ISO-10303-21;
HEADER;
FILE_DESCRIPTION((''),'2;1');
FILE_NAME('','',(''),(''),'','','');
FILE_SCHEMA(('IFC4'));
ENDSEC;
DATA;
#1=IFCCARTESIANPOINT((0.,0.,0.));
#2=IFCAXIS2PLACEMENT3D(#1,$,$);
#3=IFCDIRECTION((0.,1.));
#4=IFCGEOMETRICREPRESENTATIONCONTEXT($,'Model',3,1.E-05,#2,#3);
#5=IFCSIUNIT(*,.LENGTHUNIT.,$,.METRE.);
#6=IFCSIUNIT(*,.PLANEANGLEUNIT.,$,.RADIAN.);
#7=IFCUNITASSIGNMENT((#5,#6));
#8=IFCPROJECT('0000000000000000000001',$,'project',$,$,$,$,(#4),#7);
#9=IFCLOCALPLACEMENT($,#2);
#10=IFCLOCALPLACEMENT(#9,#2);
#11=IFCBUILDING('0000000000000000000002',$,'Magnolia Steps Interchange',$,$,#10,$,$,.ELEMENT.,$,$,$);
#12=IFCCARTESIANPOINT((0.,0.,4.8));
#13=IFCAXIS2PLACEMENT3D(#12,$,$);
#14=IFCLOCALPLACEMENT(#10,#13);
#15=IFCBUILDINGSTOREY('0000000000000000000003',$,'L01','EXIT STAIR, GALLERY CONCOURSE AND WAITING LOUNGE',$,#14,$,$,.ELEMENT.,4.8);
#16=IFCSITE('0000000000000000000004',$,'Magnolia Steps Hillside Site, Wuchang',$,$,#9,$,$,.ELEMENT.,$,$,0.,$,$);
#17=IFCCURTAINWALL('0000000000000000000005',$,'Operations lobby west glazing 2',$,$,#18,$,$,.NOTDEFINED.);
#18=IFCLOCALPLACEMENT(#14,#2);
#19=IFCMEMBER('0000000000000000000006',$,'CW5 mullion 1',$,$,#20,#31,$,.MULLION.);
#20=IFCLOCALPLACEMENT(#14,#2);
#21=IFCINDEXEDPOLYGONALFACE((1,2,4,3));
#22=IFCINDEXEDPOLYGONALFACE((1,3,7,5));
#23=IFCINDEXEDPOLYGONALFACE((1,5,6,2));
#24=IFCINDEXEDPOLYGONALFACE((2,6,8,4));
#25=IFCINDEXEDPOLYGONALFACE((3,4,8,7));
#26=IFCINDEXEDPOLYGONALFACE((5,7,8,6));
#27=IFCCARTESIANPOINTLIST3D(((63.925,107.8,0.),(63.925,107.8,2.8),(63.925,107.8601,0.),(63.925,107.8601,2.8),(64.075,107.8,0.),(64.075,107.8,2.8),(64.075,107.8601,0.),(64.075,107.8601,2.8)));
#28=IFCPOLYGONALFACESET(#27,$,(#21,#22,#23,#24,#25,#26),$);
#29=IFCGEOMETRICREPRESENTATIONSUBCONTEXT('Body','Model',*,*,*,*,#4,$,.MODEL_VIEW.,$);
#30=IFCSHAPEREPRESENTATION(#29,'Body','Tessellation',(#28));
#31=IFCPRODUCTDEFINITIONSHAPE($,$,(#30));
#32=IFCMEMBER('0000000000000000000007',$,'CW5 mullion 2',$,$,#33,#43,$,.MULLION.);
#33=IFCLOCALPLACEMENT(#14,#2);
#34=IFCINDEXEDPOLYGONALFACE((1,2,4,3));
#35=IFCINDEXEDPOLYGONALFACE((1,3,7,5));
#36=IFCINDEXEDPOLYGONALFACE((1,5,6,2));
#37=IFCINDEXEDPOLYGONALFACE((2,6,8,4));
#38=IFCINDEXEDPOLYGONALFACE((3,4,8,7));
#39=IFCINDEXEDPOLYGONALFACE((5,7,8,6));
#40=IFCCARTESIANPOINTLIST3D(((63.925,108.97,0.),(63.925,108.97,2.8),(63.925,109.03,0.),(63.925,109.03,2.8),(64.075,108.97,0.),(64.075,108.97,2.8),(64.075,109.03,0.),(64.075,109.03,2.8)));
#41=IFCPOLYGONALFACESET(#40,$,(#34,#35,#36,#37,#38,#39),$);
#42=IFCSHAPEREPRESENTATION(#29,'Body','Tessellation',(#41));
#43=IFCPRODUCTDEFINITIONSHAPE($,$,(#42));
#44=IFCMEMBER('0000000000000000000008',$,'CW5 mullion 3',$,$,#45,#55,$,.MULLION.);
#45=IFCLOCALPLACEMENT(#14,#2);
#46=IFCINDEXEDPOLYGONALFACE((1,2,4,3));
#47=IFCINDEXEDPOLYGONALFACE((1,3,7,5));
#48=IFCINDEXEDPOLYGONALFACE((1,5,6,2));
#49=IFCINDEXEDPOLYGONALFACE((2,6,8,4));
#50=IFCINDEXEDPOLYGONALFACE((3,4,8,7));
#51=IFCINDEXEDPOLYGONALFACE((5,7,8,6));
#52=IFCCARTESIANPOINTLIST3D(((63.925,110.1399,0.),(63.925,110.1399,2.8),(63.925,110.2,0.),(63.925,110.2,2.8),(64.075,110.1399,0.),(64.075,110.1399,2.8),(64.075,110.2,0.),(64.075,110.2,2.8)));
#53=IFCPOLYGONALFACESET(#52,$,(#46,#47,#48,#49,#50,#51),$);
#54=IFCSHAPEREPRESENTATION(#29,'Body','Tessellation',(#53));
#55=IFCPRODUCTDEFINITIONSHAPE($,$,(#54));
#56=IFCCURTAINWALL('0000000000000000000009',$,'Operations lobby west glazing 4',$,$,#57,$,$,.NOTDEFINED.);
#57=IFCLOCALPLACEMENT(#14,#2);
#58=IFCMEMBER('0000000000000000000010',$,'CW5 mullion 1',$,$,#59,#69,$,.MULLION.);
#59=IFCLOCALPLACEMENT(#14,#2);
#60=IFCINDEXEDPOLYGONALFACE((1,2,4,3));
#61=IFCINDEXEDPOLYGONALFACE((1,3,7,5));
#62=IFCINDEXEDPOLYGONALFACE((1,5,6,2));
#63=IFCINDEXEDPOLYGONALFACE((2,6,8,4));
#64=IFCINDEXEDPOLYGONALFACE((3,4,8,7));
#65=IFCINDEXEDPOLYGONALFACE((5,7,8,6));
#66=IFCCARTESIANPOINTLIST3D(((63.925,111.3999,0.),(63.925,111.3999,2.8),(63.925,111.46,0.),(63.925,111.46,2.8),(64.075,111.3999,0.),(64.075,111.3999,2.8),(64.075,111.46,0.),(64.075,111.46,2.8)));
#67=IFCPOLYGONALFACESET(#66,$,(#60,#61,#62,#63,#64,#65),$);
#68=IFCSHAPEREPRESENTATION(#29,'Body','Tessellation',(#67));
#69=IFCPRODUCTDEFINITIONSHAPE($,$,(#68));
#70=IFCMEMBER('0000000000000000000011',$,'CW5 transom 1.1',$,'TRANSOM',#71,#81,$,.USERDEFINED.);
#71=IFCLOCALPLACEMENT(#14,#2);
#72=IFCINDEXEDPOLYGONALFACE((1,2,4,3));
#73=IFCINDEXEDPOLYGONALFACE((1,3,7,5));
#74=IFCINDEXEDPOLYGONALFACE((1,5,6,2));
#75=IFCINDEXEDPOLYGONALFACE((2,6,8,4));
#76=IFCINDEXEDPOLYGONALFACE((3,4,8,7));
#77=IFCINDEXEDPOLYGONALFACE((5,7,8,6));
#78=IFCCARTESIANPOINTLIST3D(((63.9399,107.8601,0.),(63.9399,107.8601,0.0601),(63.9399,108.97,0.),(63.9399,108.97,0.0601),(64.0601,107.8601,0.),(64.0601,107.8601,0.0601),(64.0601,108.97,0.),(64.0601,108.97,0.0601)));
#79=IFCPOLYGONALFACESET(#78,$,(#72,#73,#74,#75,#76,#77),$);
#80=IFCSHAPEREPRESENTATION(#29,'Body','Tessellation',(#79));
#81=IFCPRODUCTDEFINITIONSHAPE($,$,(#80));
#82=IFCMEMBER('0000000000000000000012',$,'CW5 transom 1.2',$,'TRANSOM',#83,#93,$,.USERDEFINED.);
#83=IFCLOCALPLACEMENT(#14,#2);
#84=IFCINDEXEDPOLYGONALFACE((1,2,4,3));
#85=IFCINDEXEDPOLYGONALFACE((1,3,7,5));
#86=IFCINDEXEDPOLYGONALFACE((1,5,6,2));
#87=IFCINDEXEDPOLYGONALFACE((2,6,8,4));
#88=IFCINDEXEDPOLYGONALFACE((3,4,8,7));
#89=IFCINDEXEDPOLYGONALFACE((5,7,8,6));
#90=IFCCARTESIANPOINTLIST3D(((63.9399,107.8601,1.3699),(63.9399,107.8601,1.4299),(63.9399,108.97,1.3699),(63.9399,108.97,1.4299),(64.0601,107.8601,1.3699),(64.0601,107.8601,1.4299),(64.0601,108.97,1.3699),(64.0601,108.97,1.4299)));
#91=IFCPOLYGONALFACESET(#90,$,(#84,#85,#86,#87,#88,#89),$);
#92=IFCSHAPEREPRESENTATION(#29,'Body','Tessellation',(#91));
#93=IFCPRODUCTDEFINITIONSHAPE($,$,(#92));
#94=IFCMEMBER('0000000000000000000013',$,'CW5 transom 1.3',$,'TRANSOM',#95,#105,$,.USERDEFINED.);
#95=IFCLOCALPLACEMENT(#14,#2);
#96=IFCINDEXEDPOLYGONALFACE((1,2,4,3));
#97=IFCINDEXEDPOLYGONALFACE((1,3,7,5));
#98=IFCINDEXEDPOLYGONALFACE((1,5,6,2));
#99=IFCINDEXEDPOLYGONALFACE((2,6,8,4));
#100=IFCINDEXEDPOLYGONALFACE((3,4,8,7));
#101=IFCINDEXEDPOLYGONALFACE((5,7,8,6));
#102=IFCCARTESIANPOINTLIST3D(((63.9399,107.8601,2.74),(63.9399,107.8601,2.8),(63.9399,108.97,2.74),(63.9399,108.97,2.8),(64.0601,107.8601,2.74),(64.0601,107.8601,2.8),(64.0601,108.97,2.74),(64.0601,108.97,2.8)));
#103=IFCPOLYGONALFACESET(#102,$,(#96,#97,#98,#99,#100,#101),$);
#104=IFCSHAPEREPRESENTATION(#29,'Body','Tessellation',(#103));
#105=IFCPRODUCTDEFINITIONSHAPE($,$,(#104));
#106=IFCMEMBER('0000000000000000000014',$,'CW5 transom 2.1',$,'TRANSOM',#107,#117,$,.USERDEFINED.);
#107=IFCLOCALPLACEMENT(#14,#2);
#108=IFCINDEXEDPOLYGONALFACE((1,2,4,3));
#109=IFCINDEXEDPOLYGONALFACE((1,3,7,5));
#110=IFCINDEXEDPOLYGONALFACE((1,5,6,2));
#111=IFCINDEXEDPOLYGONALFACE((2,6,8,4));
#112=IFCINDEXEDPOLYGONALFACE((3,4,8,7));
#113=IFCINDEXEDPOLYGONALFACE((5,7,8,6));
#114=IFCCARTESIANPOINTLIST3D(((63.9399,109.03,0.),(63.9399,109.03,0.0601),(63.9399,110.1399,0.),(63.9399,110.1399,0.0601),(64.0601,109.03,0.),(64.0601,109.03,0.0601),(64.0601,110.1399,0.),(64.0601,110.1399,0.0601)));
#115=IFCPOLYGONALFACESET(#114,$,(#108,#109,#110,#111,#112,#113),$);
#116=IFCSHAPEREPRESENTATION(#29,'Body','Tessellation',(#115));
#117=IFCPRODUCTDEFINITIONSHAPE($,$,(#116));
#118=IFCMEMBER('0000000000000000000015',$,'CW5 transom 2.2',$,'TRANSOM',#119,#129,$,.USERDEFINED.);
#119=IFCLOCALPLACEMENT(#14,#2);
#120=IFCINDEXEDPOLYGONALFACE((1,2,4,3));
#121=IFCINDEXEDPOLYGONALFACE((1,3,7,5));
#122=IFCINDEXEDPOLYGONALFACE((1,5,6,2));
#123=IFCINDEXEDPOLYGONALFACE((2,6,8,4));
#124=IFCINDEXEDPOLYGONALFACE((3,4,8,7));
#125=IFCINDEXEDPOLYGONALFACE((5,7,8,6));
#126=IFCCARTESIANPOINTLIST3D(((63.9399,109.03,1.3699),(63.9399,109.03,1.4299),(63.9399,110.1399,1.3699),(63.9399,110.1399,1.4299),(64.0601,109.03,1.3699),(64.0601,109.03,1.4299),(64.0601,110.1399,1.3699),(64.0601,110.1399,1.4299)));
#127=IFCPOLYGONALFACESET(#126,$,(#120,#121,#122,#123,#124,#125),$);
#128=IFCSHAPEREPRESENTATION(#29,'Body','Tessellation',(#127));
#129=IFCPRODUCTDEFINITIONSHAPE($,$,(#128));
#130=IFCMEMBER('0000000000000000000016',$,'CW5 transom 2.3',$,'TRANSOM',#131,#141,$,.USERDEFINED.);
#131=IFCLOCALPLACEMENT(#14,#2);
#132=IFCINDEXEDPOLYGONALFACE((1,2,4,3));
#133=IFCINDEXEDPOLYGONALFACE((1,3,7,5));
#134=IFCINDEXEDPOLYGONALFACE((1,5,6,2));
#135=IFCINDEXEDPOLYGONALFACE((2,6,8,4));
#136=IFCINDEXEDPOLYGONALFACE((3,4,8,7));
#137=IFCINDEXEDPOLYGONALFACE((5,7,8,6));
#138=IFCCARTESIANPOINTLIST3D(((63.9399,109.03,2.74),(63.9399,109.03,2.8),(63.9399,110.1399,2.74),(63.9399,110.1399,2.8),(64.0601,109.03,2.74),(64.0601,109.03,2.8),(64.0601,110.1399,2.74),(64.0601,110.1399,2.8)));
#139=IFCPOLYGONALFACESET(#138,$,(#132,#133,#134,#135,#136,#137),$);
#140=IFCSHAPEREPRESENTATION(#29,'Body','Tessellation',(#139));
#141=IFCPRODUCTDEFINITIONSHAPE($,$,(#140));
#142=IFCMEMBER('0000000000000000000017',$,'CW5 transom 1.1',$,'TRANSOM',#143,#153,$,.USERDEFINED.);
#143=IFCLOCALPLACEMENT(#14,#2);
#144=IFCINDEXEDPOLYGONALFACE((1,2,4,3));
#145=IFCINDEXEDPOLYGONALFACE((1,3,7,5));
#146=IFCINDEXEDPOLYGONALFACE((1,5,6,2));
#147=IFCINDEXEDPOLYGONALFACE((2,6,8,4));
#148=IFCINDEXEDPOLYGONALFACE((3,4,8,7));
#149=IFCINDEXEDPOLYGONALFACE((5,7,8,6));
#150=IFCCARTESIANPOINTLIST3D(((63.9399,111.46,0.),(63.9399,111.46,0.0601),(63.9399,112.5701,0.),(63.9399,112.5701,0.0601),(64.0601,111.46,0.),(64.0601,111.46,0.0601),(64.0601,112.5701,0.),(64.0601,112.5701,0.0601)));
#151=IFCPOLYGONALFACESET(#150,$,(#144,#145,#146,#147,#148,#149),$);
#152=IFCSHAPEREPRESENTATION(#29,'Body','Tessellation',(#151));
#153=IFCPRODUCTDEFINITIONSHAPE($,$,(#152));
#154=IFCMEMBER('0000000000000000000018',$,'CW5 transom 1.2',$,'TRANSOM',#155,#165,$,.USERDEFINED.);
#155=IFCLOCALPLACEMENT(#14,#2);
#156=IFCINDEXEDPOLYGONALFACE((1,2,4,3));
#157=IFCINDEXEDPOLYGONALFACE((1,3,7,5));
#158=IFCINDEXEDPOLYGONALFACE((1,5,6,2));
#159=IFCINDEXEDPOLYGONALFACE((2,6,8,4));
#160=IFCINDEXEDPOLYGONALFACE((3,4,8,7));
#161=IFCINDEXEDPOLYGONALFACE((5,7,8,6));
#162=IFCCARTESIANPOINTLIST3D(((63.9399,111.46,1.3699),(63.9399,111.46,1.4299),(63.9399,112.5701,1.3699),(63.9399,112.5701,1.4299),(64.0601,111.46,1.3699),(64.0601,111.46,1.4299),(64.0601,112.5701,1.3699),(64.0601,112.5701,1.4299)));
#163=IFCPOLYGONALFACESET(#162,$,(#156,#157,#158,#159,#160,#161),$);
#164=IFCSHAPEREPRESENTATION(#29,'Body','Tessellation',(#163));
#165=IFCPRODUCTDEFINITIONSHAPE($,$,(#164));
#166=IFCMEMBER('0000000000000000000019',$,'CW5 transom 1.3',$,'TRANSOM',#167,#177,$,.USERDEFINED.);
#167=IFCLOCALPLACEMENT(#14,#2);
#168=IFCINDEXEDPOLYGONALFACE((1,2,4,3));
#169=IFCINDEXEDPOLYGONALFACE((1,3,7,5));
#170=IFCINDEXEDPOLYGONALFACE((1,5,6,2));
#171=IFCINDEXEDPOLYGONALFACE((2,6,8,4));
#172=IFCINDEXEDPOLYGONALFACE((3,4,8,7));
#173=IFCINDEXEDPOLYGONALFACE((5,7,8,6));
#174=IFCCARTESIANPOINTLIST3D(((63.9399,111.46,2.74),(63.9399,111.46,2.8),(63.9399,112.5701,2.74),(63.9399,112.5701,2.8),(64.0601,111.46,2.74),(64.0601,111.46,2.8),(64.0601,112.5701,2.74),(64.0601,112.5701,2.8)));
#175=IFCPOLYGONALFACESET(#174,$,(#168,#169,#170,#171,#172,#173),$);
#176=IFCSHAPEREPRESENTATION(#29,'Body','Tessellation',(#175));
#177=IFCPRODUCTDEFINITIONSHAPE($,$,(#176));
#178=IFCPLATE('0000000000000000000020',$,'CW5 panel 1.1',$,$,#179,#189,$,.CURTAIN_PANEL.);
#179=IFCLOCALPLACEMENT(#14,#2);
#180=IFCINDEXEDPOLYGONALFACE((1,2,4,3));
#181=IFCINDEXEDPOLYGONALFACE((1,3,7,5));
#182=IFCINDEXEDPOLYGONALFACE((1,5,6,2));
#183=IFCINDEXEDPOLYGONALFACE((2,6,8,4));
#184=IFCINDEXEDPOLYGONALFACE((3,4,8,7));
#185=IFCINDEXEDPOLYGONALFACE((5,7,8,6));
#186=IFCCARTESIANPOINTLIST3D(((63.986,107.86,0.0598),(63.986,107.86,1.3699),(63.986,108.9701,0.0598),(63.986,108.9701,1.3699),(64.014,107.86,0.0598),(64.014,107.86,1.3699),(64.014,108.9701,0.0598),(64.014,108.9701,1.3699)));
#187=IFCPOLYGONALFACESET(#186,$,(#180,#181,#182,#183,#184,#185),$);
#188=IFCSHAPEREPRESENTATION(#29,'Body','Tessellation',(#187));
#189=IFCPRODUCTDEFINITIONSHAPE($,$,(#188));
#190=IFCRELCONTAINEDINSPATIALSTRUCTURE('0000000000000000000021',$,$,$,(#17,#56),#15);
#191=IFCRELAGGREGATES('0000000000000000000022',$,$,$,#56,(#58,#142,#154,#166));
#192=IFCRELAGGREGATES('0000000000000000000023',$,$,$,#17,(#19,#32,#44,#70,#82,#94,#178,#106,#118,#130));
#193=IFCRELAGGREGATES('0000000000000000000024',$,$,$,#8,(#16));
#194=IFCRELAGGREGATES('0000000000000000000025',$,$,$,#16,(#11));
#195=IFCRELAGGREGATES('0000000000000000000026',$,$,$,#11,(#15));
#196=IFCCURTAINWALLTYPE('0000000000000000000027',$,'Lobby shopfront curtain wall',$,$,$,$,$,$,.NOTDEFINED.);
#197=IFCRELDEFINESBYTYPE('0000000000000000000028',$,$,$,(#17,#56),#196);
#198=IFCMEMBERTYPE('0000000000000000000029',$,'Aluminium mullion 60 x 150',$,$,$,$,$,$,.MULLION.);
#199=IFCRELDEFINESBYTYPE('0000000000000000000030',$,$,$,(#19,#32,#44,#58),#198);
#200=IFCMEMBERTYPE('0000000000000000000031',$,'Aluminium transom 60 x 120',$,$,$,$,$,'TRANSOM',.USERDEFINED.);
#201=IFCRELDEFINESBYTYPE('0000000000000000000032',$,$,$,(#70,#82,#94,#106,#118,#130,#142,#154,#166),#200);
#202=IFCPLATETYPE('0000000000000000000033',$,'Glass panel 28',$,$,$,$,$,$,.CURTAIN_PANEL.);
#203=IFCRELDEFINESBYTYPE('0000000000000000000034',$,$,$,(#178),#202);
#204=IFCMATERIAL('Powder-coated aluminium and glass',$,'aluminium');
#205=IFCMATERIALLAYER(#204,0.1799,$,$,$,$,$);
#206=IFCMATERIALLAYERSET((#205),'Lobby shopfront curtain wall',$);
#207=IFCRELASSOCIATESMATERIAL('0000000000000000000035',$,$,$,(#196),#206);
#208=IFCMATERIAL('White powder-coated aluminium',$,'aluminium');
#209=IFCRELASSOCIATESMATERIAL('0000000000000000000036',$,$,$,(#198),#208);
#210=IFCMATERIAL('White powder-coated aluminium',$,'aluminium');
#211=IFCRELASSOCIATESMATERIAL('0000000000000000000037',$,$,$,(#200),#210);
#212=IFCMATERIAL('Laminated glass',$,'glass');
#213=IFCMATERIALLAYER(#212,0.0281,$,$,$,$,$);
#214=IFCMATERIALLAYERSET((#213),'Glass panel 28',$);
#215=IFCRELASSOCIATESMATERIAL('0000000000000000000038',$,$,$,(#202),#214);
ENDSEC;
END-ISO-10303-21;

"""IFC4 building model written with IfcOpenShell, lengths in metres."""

from ifc_helpers import new_model, si_unit, direction, frame, origin, origin_2d, place, context, subcontext, project, spatial, rectangle, extrude, material, layer, layer_set, material_profile, profile_set, type_object, element, aggregate, save


model = new_model("IFC4")

# Units and contexts
model_context = context("Model", 3, precision=1e-05, world=origin(), true_north=direction((0.0, 1.0)))
body_context = subcontext(model_context, "Body", "Model", "MODEL_VIEW")
ifc_project = project(units=[si_unit("LENGTHUNIT", "METRE"), si_unit("PLANEANGLEUNIT", "RADIAN")], contexts=[model_context])

# Site, building, storey
site_placement = place(None, origin())
site = spatial("IfcSite", under=ifc_project, at=site_placement, Name="Magnolia Steps Hillside Site, Wuchang", CompositionType="ELEMENT", RefElevation=0.0)
building_placement = place(site_placement, origin())
building = spatial("IfcBuilding", under=site, at=building_placement, Name="Magnolia Steps Interchange", CompositionType="ELEMENT")
storey_placement = place(building_placement, frame((0.0, 0.0, 4.8)))
storey = spatial("IfcBuildingStorey", under=building, at=storey_placement, Name="L01", Description="EXIT STAIR, GALLERY CONCOURSE AND WAITING LOUNGE", CompositionType="ELEMENT", Elevation=4.8)

# Curtain wall, members
ifc_material_1 = material(Name="Powder-coated aluminium and glass", Category="aluminium")
ifc_layer_1 = layer(ifc_material_1, 0.1799)
ifc_layer_set_1 = layer_set([ifc_layer_1], Name="Lobby shopfront curtain wall")
curtain_wall_type = type_object("IfcCurtainWallType", Name="Lobby shopfront curtain wall", PredefinedType="NOTDEFINED", material=ifc_layer_set_1)
curtain_wall_1_placement = place(storey_placement, origin())
curtain_wall_1 = element("IfcCurtainWall", 1, at=curtain_wall_1_placement, inside=storey, type_object=curtain_wall_type, Name="Operations lobby west glazing 2", PredefinedType="NOTDEFINED")
ifc_material_2 = material(Name="White powder-coated aluminium", Category="aluminium")
ifc_material_profile_1 = material_profile(ifc_material_2, rectangle(XDim=0.0601, YDim=0.1499, at=origin_2d()), Name="Aluminium mullion 60 x 150")
ifc_profile_set_1 = profile_set([ifc_material_profile_1], Name="White powder-coated aluminium")
member_type_1 = type_object("IfcMemberType", Name="Aluminium mullion 60 x 150", PredefinedType="MULLION", material=ifc_profile_set_1)
member_1_placement = place(storey_placement, frame((64.0, 107.8301, 0.0), z_axis=(0.0, 0.0, 1.0), x_axis=(0.0, 1.0, 0.0)))
member_1 = element("IfcMember", 2, at=member_1_placement, type_object=member_type_1, Name="CW5 mullion 1", PredefinedType="MULLION", context=body_context, shape_type="SweptSolid", body=[
    extrude(rectangle(XDim=0.0601, YDim=0.1499, at=origin_2d()), origin(), (0.0, 0.0, 1.0), 2.8),
])
member_2_placement = place(storey_placement, frame((64.0, 109.0, 0.0), z_axis=(0.0, 0.0, 1.0), x_axis=(0.0, 1.0, 0.0)))
member_2 = element("IfcMember", 3, at=member_2_placement, type_object=member_type_1, Name="CW5 mullion 2", PredefinedType="MULLION", context=body_context, shape_type="SweptSolid", body=[
    extrude(rectangle(XDim=0.0601, YDim=0.1499, at=origin_2d()), origin(), (0.0, 0.0, 1.0), 2.8),
])
member_3_placement = place(storey_placement, frame((64.0, 110.1699, 0.0), z_axis=(0.0, 0.0, 1.0), x_axis=(0.0, 1.0, 0.0)))
member_3 = element("IfcMember", 4, at=member_3_placement, type_object=member_type_1, Name="CW5 mullion 3", PredefinedType="MULLION", context=body_context, shape_type="SweptSolid", body=[
    extrude(rectangle(XDim=0.0601, YDim=0.1499, at=origin_2d()), origin(), (0.0, 0.0, 1.0), 2.8),
])

# Curtain wall, member
curtain_wall_2_placement = place(storey_placement, origin())
curtain_wall_2 = element("IfcCurtainWall", 5, at=curtain_wall_2_placement, inside=storey, type_object=curtain_wall_type, Name="Operations lobby west glazing 4", PredefinedType="NOTDEFINED")
member_4_placement = place(storey_placement, frame((64.0, 111.4299, 0.0), z_axis=(0.0, 0.0, 1.0), x_axis=(0.0, 1.0, 0.0)))
member_4 = element("IfcMember", 6, at=member_4_placement, type_object=member_type_1, Name="CW5 mullion 1", PredefinedType="MULLION", context=body_context, shape_type="SweptSolid", body=[
    extrude(rectangle(XDim=0.0601, YDim=0.1499, at=origin_2d()), origin(), (0.0, 0.0, 1.0), 2.8),
])

# Members
ifc_material_3 = material(Name="White powder-coated aluminium", Category="aluminium")
ifc_material_profile_2 = material_profile(ifc_material_3, rectangle(XDim=0.0601, YDim=0.1201, at=origin_2d()), Name="Aluminium transom 60 x 120")
ifc_profile_set_2 = profile_set([ifc_material_profile_2], Name="White powder-coated aluminium")
member_type_2 = type_object("IfcMemberType", Name="Aluminium transom 60 x 120", ElementType="TRANSOM", PredefinedType="USERDEFINED", material=ifc_profile_set_2)
member_5_placement = place(storey_placement, frame((64.0, 107.8601, 0.03), z_axis=(0.0, 1.0, 0.0), x_axis=(0.0, 0.0, 1.0)))
member_5 = element("IfcMember", 7, at=member_5_placement, type_object=member_type_2, Name="CW5 transom 1.1", ObjectType="TRANSOM", PredefinedType="USERDEFINED", context=body_context, shape_type="SweptSolid", body=[
    extrude(rectangle(XDim=0.0601, YDim=0.1201, at=origin_2d()), origin(), (0.0, 0.0, 1.0), 1.1099),
])
member_6_placement = place(storey_placement, frame((64.0, 107.8601, 1.3999), z_axis=(0.0, 1.0, 0.0), x_axis=(0.0, 0.0, 1.0)))
member_6 = element("IfcMember", 8, at=member_6_placement, type_object=member_type_2, Name="CW5 transom 1.2", ObjectType="TRANSOM", PredefinedType="USERDEFINED", context=body_context, shape_type="SweptSolid", body=[
    extrude(rectangle(XDim=0.0601, YDim=0.1201, at=origin_2d()), origin(), (0.0, 0.0, 1.0), 1.1099),
])
member_7_placement = place(storey_placement, frame((64.0, 107.8601, 2.77), z_axis=(0.0, 1.0, 0.0), x_axis=(0.0, 0.0, 1.0)))
member_7 = element("IfcMember", 9, at=member_7_placement, type_object=member_type_2, Name="CW5 transom 1.3", ObjectType="TRANSOM", PredefinedType="USERDEFINED", context=body_context, shape_type="SweptSolid", body=[
    extrude(rectangle(XDim=0.0601, YDim=0.1201, at=origin_2d()), origin(), (0.0, 0.0, 1.0), 1.1099),
])
member_8_placement = place(storey_placement, frame((64.0, 109.03, 0.03), z_axis=(0.0, 1.0, 0.0), x_axis=(0.0, 0.0, 1.0)))
member_8 = element("IfcMember", 10, at=member_8_placement, type_object=member_type_2, Name="CW5 transom 2.1", ObjectType="TRANSOM", PredefinedType="USERDEFINED", context=body_context, shape_type="SweptSolid", body=[
    extrude(rectangle(XDim=0.0601, YDim=0.1201, at=origin_2d()), origin(), (0.0, 0.0, 1.0), 1.1099),
])
member_9_placement = place(storey_placement, frame((64.0, 109.03, 1.3999), z_axis=(0.0, 1.0, 0.0), x_axis=(0.0, 0.0, 1.0)))
member_9 = element("IfcMember", 11, at=member_9_placement, type_object=member_type_2, Name="CW5 transom 2.2", ObjectType="TRANSOM", PredefinedType="USERDEFINED", context=body_context, shape_type="SweptSolid", body=[
    extrude(rectangle(XDim=0.0601, YDim=0.1201, at=origin_2d()), origin(), (0.0, 0.0, 1.0), 1.1099),
])
member_10_placement = place(storey_placement, frame((64.0, 109.03, 2.77), z_axis=(0.0, 1.0, 0.0), x_axis=(0.0, 0.0, 1.0)))
member_10 = element("IfcMember", 12, at=member_10_placement, type_object=member_type_2, Name="CW5 transom 2.3", ObjectType="TRANSOM", PredefinedType="USERDEFINED", context=body_context, shape_type="SweptSolid", body=[
    extrude(rectangle(XDim=0.0601, YDim=0.1201, at=origin_2d()), origin(), (0.0, 0.0, 1.0), 1.1099),
])
member_11_placement = place(storey_placement, frame((64.0, 111.46, 0.03), z_axis=(0.0, 1.0, 0.0), x_axis=(0.0, 0.0, 1.0)))
member_11 = element("IfcMember", 13, at=member_11_placement, type_object=member_type_2, Name="CW5 transom 1.1", ObjectType="TRANSOM", PredefinedType="USERDEFINED", context=body_context, shape_type="SweptSolid", body=[
    extrude(rectangle(XDim=0.0601, YDim=0.1201, at=origin_2d()), origin(), (0.0, 0.0, 1.0), 1.1101),
])
member_12_placement = place(storey_placement, frame((64.0, 111.46, 1.3999), z_axis=(0.0, 1.0, 0.0), x_axis=(0.0, 0.0, 1.0)))
member_12 = element("IfcMember", 14, at=member_12_placement, type_object=member_type_2, Name="CW5 transom 1.2", ObjectType="TRANSOM", PredefinedType="USERDEFINED", context=body_context, shape_type="SweptSolid", body=[
    extrude(rectangle(XDim=0.0601, YDim=0.1201, at=origin_2d()), origin(), (0.0, 0.0, 1.0), 1.1101),
])
member_13_placement = place(storey_placement, frame((64.0, 111.46, 2.77), z_axis=(0.0, 1.0, 0.0), x_axis=(0.0, 0.0, 1.0)))
member_13 = element("IfcMember", 15, at=member_13_placement, type_object=member_type_2, Name="CW5 transom 1.3", ObjectType="TRANSOM", PredefinedType="USERDEFINED", context=body_context, shape_type="SweptSolid", body=[
    extrude(rectangle(XDim=0.0601, YDim=0.1201, at=origin_2d()), origin(), (0.0, 0.0, 1.0), 1.1101),
])
aggregate(curtain_wall_2, [member_4, member_11, member_12, member_13])

# Plate
ifc_material_4 = material(Name="Laminated glass", Category="glass")
ifc_layer_2 = layer(ifc_material_4, 0.0281)
ifc_layer_set_2 = layer_set([ifc_layer_2], Name="Glass panel 28")
plate_type = type_object("IfcPlateType", Name="Glass panel 28", PredefinedType="CURTAIN_PANEL", material=ifc_layer_set_2)
plate_1_placement = place(storey_placement, frame((64.0, 108.415, 0.0598), z_axis=(0.0, 0.0, 1.0), x_axis=(0.0, 1.0, 0.0)))
plate_1 = element("IfcPlate", 16, at=plate_1_placement, type_object=plate_type, Name="CW5 panel 1.1", PredefinedType="CURTAIN_PANEL", context=body_context, shape_type="SweptSolid", body=[
    extrude(rectangle(XDim=1.1101, YDim=0.0281, at=origin_2d()), origin(), (0.0, 0.0, 1.0), 1.3101),
])
aggregate(curtain_wall_1, [member_1, member_2, member_3, member_5, member_6, member_7, plate_1, member_8, member_9, member_10])

save(model, "model.ifc")
